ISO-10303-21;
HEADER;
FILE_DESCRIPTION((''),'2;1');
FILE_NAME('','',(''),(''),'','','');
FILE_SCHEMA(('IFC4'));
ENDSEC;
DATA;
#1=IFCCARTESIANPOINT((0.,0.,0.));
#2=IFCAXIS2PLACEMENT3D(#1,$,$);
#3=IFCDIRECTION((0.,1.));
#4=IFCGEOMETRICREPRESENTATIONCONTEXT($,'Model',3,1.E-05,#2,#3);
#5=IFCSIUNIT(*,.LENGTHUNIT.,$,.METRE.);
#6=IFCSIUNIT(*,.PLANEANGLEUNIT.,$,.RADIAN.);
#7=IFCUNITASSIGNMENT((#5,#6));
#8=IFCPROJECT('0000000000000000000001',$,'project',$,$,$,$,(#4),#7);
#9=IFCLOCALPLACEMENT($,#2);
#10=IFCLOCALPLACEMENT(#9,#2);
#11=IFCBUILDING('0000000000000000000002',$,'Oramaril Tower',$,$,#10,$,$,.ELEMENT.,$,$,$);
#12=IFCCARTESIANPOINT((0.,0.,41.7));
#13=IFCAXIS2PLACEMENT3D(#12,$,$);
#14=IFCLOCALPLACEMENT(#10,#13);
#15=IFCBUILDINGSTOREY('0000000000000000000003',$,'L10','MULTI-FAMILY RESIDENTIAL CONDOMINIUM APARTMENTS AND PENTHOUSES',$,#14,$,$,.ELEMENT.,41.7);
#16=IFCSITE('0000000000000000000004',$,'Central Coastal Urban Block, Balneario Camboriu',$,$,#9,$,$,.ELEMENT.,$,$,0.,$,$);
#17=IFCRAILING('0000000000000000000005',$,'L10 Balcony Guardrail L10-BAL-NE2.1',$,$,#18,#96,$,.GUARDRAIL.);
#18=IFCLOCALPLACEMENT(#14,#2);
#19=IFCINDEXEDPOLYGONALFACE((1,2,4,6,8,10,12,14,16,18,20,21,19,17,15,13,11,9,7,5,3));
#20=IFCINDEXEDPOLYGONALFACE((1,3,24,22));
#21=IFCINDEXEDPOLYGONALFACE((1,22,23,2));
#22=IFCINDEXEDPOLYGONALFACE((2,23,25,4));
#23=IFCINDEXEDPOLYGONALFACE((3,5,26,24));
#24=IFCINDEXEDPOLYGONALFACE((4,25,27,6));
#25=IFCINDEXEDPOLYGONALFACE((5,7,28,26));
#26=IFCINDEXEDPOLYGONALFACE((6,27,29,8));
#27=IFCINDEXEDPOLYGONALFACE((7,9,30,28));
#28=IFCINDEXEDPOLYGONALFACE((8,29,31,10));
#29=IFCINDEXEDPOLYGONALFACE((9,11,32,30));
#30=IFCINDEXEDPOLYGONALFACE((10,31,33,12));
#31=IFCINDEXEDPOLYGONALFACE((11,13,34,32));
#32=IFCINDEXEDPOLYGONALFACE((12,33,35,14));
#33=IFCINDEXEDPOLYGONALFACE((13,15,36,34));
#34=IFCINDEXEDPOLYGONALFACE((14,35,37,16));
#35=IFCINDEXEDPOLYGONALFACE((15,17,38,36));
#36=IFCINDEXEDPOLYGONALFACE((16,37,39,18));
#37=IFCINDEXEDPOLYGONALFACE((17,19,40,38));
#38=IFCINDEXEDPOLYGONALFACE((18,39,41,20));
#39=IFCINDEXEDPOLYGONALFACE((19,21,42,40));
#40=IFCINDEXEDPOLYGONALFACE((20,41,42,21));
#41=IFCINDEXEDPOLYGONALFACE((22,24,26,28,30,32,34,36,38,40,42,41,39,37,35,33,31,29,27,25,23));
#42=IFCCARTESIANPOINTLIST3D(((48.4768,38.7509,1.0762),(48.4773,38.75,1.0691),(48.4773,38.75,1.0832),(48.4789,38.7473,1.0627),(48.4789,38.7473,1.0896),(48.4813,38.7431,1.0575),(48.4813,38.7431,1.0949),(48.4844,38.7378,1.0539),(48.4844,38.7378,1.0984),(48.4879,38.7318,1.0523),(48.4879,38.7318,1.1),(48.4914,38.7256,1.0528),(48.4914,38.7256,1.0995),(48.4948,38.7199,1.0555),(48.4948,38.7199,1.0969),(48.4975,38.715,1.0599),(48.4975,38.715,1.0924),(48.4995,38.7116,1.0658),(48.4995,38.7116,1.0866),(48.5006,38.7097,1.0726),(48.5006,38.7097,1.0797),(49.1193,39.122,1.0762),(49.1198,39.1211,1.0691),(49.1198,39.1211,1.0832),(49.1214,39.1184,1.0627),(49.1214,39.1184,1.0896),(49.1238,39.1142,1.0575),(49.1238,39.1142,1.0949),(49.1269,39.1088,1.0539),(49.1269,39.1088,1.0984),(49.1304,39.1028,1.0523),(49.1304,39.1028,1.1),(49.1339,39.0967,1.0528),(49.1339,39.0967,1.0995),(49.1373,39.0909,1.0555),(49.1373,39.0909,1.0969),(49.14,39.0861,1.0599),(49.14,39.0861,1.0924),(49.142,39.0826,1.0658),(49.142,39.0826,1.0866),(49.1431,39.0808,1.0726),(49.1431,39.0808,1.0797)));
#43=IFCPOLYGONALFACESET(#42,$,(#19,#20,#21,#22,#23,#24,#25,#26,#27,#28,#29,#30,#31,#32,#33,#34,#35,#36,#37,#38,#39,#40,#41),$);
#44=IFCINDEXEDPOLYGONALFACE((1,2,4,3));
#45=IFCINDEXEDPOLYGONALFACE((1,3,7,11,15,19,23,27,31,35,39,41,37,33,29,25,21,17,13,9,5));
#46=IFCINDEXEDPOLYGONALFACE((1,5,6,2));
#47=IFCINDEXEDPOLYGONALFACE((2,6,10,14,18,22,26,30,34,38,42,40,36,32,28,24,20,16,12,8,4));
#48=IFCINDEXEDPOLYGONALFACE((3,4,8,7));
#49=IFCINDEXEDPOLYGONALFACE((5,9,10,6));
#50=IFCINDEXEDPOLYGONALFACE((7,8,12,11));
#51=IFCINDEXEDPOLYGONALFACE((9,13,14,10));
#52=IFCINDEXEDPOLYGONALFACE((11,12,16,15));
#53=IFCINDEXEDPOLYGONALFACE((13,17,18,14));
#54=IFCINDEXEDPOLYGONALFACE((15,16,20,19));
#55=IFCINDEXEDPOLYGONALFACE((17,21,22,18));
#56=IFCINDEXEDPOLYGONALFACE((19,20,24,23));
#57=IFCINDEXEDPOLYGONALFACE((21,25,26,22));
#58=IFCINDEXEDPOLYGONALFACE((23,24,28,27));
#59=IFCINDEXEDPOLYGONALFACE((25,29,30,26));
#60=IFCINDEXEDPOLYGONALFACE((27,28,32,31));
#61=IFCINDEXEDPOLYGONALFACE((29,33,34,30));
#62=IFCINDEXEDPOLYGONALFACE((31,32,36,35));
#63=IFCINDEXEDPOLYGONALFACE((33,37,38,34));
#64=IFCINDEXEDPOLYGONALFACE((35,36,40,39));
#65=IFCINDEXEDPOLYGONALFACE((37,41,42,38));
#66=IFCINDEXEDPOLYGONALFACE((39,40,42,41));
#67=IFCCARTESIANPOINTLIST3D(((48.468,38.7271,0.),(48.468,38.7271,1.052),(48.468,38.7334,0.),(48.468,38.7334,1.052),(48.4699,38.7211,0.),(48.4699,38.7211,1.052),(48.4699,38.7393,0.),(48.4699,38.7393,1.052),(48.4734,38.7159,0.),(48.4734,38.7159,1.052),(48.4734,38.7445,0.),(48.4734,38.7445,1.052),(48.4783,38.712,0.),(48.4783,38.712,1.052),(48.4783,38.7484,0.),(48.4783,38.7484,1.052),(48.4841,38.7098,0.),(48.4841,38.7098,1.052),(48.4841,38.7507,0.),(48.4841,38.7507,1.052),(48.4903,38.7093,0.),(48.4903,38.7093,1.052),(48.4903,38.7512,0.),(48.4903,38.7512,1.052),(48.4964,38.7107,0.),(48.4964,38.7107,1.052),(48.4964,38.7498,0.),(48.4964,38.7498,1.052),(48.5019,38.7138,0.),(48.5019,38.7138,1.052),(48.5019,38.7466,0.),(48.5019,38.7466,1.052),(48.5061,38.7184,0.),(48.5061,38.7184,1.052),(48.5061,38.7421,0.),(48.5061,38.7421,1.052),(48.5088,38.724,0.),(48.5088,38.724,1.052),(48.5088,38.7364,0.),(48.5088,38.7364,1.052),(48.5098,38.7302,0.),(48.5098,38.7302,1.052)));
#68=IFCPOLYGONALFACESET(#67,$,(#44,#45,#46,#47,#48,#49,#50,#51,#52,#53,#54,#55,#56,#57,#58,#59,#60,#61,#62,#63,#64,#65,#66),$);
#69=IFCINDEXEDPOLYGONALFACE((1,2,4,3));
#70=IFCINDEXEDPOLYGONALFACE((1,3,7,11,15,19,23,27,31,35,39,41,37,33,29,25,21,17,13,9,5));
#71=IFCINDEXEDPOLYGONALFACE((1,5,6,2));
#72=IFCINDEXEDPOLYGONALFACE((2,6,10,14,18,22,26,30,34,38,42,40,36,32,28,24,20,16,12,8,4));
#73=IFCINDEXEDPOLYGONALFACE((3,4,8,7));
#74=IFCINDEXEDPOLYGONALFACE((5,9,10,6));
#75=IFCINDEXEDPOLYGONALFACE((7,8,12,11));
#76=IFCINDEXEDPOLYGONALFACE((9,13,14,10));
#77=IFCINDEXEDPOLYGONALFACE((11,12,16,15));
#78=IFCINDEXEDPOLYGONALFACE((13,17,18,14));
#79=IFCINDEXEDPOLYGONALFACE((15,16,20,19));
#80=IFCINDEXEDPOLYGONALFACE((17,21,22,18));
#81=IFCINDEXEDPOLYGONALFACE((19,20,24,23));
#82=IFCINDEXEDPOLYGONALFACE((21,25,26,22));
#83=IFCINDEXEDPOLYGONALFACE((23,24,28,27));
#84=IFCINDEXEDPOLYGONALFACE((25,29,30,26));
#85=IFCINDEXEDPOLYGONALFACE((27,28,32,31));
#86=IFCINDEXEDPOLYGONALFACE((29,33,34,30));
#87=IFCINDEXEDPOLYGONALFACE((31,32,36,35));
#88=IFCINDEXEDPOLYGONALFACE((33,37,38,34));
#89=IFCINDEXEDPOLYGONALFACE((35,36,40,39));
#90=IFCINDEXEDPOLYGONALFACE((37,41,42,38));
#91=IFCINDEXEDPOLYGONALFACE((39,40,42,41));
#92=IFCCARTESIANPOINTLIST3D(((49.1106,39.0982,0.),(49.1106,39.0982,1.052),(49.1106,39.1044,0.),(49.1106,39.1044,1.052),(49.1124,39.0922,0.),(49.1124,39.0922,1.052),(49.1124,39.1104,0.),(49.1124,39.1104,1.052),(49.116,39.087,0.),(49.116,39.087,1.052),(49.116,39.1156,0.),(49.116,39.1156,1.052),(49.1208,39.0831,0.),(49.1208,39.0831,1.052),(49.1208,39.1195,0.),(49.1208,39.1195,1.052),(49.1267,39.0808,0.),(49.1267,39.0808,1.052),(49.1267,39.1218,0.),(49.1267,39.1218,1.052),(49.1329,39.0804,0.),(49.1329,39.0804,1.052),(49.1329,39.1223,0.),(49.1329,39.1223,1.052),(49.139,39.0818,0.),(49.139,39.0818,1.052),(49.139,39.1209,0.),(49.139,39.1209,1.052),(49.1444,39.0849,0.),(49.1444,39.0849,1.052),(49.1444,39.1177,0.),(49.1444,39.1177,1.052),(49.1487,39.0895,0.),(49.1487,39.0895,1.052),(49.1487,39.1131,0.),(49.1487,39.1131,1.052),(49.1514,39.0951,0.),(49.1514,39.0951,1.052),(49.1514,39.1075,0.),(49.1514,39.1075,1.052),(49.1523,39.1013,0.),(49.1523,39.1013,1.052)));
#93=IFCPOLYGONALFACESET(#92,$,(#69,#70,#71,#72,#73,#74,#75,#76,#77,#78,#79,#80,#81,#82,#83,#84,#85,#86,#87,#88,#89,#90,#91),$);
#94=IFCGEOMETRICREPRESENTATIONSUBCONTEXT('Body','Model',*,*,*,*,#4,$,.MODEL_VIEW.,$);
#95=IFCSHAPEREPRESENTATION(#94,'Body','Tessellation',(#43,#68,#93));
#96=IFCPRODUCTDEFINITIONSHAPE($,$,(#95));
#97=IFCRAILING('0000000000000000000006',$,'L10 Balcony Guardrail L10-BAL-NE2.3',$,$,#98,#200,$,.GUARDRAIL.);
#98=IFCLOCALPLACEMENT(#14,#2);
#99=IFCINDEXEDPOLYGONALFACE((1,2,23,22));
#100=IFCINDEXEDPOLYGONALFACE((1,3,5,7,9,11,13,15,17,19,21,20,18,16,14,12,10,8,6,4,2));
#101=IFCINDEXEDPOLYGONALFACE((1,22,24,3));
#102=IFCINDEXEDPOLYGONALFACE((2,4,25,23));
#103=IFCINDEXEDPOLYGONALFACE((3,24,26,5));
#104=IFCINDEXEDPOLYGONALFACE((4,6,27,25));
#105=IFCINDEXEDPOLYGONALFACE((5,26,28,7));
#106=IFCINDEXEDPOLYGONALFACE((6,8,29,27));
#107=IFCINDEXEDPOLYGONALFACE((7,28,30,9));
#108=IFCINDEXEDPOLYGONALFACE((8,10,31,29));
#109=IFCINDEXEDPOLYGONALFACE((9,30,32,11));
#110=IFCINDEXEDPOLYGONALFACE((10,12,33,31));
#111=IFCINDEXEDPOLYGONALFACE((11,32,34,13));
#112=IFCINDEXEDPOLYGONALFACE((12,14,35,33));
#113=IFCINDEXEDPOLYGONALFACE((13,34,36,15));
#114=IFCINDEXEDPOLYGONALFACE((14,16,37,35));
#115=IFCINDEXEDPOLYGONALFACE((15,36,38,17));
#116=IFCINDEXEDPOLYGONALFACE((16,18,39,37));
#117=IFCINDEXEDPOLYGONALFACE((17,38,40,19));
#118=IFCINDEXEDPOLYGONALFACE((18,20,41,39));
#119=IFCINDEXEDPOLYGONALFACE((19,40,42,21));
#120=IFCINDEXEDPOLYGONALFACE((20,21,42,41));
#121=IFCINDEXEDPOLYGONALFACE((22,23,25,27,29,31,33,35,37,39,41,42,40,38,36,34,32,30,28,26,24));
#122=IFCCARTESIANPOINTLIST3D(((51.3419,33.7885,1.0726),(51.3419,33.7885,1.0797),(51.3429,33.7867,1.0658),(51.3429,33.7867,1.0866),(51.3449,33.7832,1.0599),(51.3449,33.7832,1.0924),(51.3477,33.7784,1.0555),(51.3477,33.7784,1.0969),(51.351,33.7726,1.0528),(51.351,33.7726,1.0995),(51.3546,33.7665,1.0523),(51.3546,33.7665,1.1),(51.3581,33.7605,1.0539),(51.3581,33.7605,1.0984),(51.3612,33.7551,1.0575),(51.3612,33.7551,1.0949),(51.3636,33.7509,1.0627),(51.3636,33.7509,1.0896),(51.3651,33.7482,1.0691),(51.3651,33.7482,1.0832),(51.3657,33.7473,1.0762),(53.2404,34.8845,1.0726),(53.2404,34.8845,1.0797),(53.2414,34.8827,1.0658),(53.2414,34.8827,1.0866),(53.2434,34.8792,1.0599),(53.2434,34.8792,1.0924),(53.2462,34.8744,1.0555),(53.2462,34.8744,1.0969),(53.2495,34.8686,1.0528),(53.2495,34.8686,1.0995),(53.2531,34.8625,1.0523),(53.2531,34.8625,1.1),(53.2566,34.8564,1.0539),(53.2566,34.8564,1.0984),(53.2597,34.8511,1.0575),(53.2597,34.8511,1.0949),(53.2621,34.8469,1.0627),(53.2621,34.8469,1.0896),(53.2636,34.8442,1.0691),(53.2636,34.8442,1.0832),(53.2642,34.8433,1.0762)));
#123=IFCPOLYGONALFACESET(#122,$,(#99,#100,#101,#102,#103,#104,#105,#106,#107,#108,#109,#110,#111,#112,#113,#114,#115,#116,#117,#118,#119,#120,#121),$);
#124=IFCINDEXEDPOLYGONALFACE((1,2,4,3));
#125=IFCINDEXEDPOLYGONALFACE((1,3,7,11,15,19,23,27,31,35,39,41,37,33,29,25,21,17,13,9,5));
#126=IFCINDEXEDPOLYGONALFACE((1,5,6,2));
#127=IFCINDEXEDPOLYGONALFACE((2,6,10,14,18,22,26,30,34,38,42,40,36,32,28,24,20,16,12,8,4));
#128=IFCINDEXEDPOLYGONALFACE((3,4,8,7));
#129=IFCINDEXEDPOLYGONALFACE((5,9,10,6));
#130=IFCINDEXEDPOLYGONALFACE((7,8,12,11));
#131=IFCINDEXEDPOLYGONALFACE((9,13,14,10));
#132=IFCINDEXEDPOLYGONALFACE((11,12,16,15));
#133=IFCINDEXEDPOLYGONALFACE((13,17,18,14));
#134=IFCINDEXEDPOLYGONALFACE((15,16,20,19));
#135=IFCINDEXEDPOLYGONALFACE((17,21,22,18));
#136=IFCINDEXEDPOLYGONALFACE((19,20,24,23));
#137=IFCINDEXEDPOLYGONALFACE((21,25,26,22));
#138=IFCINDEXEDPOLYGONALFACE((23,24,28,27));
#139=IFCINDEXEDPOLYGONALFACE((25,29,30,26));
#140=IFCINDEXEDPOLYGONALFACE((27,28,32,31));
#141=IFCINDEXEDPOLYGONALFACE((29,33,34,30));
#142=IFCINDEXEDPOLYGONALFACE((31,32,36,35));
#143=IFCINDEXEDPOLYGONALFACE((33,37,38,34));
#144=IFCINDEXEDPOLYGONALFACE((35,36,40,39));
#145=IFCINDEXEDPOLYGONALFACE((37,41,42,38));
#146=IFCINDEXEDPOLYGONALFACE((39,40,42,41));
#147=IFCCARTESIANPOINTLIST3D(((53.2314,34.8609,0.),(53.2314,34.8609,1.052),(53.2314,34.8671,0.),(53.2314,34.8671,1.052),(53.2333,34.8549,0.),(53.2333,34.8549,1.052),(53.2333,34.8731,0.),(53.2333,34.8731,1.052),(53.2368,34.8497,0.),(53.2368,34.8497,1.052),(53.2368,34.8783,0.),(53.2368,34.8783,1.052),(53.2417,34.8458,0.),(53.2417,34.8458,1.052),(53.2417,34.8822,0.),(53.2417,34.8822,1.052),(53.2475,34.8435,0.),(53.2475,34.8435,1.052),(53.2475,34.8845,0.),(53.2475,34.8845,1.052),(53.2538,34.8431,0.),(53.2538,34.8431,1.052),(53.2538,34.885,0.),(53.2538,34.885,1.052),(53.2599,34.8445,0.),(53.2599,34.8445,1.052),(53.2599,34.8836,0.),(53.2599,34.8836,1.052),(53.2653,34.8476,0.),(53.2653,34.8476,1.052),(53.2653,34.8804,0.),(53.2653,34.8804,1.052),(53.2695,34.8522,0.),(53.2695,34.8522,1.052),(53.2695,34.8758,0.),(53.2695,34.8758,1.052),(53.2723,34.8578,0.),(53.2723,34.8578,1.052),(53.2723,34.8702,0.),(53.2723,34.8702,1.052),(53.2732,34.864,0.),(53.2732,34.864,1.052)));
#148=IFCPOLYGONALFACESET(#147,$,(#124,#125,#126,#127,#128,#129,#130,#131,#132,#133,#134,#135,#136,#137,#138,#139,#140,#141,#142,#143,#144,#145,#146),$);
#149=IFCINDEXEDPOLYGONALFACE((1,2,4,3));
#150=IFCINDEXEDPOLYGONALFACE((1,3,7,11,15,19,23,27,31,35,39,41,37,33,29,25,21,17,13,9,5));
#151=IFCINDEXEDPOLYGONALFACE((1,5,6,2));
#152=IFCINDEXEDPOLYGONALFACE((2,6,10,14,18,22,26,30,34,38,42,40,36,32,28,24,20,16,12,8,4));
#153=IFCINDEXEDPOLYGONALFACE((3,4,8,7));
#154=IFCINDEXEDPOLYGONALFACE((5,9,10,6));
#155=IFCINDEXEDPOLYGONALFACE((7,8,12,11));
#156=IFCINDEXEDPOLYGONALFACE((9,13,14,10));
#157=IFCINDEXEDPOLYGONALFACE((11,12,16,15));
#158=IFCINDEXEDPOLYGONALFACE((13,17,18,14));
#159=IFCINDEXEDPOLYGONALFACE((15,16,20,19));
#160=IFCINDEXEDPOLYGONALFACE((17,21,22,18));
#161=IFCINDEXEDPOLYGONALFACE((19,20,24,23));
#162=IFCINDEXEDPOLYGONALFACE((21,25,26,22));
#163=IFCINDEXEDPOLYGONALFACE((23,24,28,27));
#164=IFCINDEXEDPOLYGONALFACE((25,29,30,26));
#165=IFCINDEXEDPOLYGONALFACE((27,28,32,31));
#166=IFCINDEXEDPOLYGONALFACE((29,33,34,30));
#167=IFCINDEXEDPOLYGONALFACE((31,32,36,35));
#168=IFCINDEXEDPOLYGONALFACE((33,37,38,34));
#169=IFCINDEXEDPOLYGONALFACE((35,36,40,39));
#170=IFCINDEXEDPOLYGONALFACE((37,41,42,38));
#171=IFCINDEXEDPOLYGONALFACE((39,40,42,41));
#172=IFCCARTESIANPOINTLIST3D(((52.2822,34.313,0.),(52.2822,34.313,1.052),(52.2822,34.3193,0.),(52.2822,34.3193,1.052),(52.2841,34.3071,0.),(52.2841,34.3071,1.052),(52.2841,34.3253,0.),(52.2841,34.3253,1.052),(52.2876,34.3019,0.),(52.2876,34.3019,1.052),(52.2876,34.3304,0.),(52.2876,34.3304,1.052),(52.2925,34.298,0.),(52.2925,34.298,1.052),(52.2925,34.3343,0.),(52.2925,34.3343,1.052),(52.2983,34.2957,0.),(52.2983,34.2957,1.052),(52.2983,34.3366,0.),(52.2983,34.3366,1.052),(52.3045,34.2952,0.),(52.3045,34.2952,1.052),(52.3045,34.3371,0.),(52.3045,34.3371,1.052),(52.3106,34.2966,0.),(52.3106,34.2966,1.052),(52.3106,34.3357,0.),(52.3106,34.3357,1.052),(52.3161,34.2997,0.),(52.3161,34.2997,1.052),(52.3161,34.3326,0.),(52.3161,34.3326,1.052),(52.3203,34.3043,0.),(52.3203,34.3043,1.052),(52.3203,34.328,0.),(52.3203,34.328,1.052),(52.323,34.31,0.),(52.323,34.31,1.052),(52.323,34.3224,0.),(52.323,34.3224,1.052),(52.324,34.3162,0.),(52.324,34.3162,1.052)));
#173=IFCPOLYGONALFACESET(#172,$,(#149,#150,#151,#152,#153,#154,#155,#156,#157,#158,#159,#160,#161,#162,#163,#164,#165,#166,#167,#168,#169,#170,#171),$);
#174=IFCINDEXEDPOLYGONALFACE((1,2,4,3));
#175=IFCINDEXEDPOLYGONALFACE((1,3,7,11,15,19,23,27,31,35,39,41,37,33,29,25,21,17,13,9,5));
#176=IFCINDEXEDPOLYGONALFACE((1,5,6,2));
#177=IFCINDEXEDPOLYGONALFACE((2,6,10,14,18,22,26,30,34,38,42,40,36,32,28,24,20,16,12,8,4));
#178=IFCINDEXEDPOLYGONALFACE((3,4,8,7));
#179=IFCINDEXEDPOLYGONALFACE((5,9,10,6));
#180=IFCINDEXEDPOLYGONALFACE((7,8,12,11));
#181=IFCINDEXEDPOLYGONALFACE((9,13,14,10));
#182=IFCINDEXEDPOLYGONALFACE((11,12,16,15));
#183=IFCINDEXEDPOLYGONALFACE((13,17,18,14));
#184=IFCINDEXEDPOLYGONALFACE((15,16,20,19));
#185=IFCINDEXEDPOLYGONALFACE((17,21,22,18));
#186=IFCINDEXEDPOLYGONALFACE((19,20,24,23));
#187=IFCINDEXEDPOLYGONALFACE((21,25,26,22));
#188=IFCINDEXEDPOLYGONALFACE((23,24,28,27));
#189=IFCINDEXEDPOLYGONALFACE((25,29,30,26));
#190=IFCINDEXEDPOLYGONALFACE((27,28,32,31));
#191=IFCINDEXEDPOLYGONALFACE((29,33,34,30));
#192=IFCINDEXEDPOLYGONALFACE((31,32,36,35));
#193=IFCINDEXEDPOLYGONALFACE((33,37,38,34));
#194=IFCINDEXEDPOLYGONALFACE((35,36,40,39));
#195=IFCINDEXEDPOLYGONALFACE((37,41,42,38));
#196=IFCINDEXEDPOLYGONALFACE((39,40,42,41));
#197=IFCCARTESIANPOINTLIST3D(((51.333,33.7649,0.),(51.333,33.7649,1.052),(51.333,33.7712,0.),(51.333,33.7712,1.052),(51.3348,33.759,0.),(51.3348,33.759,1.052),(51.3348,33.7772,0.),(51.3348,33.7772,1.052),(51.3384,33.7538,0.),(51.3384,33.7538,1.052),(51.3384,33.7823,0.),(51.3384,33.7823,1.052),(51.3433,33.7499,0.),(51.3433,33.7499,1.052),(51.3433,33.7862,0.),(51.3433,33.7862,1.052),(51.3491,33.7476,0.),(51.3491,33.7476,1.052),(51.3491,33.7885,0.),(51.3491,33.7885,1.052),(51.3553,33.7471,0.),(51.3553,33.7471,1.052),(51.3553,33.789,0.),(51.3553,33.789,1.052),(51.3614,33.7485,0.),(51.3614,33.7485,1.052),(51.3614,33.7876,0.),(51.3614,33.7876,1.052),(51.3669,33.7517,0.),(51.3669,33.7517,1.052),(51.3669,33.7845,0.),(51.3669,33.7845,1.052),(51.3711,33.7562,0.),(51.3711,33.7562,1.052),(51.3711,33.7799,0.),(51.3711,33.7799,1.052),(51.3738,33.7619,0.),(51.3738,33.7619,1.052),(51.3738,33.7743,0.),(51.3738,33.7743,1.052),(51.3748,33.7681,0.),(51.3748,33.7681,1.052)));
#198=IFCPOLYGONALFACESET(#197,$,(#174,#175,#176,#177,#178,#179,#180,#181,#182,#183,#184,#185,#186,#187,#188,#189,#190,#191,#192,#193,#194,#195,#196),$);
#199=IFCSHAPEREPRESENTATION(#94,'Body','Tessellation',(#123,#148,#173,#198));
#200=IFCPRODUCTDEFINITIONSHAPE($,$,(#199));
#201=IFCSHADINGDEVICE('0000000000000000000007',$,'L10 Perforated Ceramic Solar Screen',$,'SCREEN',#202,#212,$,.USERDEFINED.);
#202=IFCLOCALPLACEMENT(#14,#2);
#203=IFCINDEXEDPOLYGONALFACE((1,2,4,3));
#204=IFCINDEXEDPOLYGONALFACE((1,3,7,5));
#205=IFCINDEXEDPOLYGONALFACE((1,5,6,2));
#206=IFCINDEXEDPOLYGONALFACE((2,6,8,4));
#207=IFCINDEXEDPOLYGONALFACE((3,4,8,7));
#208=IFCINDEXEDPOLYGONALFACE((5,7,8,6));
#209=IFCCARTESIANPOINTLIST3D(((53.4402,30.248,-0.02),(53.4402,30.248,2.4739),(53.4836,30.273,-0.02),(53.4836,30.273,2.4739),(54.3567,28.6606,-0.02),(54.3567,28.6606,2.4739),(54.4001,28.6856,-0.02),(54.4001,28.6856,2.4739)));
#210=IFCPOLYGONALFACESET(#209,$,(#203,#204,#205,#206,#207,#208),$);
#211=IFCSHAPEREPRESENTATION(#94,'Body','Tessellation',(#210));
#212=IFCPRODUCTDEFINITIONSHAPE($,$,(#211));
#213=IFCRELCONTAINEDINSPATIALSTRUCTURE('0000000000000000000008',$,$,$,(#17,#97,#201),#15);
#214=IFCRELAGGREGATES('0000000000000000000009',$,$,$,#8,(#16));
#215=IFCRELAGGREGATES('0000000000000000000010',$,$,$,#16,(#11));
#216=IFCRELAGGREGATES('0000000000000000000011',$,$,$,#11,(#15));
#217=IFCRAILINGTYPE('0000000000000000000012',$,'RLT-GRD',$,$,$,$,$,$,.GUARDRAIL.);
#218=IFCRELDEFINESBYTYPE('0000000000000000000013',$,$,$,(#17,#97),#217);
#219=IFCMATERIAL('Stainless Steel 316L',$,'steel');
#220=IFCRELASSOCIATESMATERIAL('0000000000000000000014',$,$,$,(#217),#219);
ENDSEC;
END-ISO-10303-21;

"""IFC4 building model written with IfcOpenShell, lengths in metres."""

from ifc_helpers import new_model, si_unit, direction, frame, origin, origin_2d, place, context, subcontext, project, spatial, rectangle, circle, extrude, material, type_object, element, save


model = new_model("IFC4")

# Units and contexts
model_context = context("Model", 3, precision=1e-05, world=origin(), true_north=direction((0.0, 1.0)))
body_context = subcontext(model_context, "Body", "Model", "MODEL_VIEW")
ifc_project = project(units=[si_unit("LENGTHUNIT", "METRE"), si_unit("PLANEANGLEUNIT", "RADIAN")], contexts=[model_context])

# Site, building, storey
site_placement = place(None, origin())
site = spatial("IfcSite", under=ifc_project, at=site_placement, Name="Central Coastal Urban Block, Balneario Camboriu", CompositionType="ELEMENT", RefElevation=0.0)
building_placement = place(site_placement, origin())
building = spatial("IfcBuilding", under=site, at=building_placement, Name="Oramaril Tower", CompositionType="ELEMENT")
storey_placement = place(building_placement, frame((0.0, 0.0, 41.7)))
storey = spatial("IfcBuildingStorey", under=building, at=storey_placement, Name="L10", Description="MULTI-FAMILY RESIDENTIAL CONDOMINIUM APARTMENTS AND PENTHOUSES", CompositionType="ELEMENT", Elevation=41.7)

# Railings
ifc_material_1 = material(Name="Stainless Steel 316L", Category="steel")
railing_type = type_object("IfcRailingType", Name="RLT-GRD", PredefinedType="GUARDRAIL", material=ifc_material_1)
railing_1_placement = place(storey_placement, frame((48.4888, 38.7302, 0.0)))
element("IfcRailing", 1, at=railing_1_placement, inside=storey, type_object=railing_type, Name="L10 Balcony Guardrail L10-BAL-NE2.1", PredefinedType="GUARDRAIL", context=body_context, shape_type="SweptSolid", body=[
    extrude(circle(Radius=0.0239, at=origin_2d()), frame((0.0, 0.0, 1.0762), z_axis=(0.865966, 0.500102, 0.0), x_axis=(-0.500102, 0.865966, 0.0)), (0.0, 0.0, 1.0), 0.7419),
    extrude(circle(Radius=0.021, at=origin_2d()), origin(), (0.0, 0.0, 1.0), 1.052),
    extrude(circle(Radius=0.021, at=origin_2d()), frame((0.6426, 0.3711, 0.0)), (0.0, 0.0, 1.0), 1.052),
])
railing_2_placement = place(storey_placement, frame((53.2522, 34.864, 0.0)))
element("IfcRailing", 2, at=railing_2_placement, inside=storey, type_object=railing_type, Name="L10 Balcony Guardrail L10-BAL-NE2.3", PredefinedType="GUARDRAIL", context=body_context, shape_type="SweptSolid", body=[
    extrude(circle(Radius=0.0239, at=origin_2d()), frame((0.0, 0.0, 1.0762), z_axis=(-0.866048, -0.49996, 0.0), x_axis=(0.49996, -0.866048, 0.0)), (0.0, 0.0, 1.0), 2.1921),
    extrude(circle(Radius=0.021, at=origin_2d()), origin(), (0.0, 0.0, 1.0), 1.052),
    extrude(circle(Radius=0.021, at=origin_2d()), frame((-0.9492, -0.5479, 0.0)), (0.0, 0.0, 1.0), 1.052),
    extrude(circle(Radius=0.021, at=origin_2d()), frame((-1.8984, -1.0959, 0.0)), (0.0, 0.0, 1.0), 1.052),
])

# Shading device
for number, where, z_axis, x_axis, name in (
    (3, (53.9202, 29.4668, -0.02), (0.0, 0.0, 1.0), (-0.5, 0.866025, 0.0), "L10 Perforated Ceramic Solar Screen"),
):
    element("IfcShadingDevice", number, at=place(storey_placement, frame(where, z_axis=z_axis, x_axis=x_axis)), inside=storey, Name=name, ObjectType="SCREEN", PredefinedType="USERDEFINED", context=body_context, shape_type="SweptSolid", body=[
        extrude(rectangle(XDim=1.833, YDim=0.05, at=origin_2d()), origin(), (0.0, 0.0, 1.0), 2.4939),
    ])

save(model, "model.ifc")
